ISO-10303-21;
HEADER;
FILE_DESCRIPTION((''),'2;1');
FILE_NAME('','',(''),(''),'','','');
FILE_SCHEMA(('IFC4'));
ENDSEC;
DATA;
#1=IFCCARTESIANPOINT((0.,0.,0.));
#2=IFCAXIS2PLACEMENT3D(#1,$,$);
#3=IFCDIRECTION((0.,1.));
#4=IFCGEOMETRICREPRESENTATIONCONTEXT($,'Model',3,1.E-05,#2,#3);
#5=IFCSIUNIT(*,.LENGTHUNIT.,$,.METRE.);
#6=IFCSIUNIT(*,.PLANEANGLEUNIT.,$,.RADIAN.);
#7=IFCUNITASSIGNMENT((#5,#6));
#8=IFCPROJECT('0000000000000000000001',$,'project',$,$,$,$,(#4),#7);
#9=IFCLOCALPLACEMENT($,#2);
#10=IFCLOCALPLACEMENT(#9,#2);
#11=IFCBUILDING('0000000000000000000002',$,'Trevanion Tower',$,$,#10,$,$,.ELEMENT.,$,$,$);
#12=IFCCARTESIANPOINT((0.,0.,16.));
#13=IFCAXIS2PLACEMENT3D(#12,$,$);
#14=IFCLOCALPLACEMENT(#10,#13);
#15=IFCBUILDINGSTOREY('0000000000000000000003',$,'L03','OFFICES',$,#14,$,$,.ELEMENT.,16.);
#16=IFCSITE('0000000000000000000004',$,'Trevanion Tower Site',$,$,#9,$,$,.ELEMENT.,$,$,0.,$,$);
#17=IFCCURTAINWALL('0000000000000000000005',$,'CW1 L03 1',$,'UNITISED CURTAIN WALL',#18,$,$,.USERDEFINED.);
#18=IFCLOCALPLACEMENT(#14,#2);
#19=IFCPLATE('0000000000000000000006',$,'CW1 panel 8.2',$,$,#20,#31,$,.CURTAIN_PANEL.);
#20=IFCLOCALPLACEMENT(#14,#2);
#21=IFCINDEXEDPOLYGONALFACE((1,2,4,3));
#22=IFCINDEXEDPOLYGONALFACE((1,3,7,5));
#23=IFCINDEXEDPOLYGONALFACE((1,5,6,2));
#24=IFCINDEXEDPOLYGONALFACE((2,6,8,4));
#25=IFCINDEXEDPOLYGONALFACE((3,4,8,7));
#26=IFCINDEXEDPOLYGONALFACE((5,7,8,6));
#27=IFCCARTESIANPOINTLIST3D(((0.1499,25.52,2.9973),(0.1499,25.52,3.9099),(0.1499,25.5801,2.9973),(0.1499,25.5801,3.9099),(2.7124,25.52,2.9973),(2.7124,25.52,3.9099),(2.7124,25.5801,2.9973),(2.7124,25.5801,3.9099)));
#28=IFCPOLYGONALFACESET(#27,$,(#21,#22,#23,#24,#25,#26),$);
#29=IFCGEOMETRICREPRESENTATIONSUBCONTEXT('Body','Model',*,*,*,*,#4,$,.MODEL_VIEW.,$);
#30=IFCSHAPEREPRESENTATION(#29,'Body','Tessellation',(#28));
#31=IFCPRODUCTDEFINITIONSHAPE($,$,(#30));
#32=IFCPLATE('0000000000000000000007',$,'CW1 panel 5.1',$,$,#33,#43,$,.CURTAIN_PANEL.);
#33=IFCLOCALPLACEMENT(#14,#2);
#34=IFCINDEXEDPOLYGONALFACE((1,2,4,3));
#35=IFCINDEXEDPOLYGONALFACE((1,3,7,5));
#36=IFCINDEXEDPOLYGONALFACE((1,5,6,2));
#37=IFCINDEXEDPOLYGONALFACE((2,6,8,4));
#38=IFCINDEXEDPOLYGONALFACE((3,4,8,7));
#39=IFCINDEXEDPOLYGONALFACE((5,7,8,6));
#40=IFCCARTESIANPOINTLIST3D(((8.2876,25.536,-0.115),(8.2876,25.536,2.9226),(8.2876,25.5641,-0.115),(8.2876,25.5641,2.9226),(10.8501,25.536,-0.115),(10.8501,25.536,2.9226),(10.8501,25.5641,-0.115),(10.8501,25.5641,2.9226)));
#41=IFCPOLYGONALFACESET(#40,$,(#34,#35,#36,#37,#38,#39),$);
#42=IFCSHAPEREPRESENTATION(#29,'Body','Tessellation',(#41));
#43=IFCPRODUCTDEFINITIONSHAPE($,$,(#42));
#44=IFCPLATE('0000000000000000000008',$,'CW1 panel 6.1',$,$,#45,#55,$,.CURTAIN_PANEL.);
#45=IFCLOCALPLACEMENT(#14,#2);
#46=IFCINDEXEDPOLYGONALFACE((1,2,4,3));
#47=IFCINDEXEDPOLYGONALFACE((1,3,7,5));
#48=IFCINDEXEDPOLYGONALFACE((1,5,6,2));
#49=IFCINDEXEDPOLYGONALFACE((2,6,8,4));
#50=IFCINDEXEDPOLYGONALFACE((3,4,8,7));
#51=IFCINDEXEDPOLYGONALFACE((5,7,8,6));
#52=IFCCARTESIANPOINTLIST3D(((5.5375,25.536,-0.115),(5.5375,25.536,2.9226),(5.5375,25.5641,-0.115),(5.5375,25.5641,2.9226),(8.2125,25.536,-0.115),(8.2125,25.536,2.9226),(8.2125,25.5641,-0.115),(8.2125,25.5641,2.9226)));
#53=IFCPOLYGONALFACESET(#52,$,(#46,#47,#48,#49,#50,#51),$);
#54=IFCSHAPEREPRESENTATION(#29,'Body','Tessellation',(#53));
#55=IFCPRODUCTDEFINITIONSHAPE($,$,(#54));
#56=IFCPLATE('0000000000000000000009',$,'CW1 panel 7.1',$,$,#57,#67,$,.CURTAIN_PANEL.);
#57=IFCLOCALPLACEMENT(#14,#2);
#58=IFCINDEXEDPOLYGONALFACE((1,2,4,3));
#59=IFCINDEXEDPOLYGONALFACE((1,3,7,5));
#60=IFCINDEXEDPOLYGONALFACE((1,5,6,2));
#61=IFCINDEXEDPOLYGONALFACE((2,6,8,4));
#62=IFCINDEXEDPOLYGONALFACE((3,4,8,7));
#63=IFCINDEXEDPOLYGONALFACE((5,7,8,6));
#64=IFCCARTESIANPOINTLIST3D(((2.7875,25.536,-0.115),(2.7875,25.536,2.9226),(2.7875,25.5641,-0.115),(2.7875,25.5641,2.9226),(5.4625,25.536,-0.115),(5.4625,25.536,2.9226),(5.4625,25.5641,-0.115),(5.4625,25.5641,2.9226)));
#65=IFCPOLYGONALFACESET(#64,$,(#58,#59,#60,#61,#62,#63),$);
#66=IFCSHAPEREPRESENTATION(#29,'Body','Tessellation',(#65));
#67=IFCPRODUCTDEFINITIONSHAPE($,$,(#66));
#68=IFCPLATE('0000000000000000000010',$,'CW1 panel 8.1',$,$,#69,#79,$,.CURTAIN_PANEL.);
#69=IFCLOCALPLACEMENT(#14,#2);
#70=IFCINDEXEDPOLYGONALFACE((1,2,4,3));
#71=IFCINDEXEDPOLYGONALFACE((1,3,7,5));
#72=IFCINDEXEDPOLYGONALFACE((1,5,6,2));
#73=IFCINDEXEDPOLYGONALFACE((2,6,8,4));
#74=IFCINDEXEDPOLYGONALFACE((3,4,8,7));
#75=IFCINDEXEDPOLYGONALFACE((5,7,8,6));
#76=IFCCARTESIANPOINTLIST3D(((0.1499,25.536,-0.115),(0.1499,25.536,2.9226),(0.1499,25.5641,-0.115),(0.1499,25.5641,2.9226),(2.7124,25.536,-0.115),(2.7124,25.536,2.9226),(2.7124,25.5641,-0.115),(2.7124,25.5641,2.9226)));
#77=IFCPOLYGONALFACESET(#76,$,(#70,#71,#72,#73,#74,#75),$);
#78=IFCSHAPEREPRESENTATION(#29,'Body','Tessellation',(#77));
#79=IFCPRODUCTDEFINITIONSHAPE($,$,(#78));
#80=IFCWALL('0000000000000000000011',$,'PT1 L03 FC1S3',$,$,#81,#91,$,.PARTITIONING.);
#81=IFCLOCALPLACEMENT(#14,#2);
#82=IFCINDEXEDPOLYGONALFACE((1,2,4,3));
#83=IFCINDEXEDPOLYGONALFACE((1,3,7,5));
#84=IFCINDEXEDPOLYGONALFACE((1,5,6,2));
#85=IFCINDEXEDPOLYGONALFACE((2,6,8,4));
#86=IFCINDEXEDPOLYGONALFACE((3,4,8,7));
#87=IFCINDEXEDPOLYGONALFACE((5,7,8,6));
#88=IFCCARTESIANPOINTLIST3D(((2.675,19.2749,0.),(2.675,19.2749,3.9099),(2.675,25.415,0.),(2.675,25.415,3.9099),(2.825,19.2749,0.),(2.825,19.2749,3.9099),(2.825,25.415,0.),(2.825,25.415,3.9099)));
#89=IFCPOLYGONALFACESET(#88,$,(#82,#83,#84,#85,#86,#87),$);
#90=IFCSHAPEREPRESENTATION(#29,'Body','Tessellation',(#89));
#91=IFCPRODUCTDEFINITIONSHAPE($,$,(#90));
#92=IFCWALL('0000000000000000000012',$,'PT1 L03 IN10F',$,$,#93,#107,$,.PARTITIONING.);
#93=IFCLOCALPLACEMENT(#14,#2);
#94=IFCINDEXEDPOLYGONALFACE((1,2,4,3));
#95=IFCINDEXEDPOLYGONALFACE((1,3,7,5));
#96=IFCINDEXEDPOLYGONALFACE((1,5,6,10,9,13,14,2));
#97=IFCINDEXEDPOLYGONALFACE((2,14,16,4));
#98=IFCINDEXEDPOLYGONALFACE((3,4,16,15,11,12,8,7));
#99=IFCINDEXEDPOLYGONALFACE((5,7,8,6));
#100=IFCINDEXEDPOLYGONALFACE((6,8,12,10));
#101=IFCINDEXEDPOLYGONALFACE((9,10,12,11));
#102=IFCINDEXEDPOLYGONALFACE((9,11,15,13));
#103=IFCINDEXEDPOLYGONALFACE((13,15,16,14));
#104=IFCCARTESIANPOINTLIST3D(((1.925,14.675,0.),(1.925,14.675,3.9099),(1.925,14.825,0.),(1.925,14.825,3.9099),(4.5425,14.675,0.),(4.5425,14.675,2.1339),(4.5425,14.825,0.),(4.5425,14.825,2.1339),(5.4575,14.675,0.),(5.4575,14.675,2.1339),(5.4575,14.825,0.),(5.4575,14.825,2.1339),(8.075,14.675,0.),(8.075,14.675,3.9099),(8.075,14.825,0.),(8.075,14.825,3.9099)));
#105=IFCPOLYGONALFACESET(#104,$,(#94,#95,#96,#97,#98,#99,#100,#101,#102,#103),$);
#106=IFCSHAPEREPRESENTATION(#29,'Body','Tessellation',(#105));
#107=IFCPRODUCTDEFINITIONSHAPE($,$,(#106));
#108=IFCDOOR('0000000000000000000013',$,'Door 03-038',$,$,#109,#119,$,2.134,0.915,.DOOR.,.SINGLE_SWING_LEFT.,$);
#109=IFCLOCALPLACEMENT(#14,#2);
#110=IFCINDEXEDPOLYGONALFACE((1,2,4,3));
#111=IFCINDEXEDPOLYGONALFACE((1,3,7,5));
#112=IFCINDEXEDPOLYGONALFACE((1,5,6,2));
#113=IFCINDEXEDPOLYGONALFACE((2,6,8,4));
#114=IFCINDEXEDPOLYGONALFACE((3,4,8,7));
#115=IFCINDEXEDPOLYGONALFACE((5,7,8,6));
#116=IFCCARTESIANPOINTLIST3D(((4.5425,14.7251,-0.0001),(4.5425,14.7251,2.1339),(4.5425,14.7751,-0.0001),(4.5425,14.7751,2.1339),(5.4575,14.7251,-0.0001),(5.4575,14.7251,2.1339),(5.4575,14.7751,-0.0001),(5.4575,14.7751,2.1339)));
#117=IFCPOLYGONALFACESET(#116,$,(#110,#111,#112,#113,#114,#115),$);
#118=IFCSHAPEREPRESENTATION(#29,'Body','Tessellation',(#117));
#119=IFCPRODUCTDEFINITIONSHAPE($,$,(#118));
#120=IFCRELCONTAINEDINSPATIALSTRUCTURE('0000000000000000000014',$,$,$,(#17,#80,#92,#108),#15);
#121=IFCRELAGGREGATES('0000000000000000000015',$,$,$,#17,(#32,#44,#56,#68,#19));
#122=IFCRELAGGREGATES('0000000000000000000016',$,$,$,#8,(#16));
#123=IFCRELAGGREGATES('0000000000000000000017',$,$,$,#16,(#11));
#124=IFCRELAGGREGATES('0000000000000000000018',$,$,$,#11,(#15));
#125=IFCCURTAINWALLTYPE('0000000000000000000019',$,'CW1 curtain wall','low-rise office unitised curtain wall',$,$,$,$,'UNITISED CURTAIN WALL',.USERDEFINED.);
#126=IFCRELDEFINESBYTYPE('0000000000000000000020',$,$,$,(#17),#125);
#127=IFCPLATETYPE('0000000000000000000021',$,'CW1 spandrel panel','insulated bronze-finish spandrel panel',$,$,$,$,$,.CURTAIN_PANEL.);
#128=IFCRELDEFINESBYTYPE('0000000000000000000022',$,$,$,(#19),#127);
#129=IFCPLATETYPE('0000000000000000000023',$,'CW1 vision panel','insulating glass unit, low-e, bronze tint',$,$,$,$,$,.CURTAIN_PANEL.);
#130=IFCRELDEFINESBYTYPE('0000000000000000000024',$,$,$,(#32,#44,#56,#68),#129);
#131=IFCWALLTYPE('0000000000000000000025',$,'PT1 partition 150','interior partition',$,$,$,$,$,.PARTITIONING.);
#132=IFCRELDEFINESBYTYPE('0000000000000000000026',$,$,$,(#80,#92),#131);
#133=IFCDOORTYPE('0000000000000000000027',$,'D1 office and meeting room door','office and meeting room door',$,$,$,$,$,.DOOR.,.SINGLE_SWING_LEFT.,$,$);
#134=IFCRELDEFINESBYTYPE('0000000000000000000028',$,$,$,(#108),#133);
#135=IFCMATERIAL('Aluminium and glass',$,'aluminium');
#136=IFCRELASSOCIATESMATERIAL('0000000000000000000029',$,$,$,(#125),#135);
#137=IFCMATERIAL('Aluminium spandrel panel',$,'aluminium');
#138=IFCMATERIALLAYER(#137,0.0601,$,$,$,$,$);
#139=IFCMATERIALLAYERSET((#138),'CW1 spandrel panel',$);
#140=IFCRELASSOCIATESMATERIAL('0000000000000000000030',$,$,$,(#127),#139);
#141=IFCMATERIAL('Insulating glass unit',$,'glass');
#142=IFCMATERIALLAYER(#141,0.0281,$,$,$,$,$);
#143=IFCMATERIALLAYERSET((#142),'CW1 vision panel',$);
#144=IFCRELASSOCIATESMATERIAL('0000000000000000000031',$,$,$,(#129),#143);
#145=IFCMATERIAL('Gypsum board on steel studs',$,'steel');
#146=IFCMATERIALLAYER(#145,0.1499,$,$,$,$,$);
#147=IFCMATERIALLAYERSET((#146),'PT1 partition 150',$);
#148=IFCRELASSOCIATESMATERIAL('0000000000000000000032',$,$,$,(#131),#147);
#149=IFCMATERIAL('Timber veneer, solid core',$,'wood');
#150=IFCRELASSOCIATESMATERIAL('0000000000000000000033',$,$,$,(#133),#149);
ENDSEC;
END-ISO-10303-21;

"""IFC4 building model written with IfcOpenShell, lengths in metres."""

from ifc_helpers import new_model, si_unit, direction, frame, frame_2d, origin, origin_2d, place, context, subcontext, project, spatial, rectangle, extrude, material, layer, layer_set, type_object, element, fill, aggregate, save


model = new_model("IFC4")

# Units and contexts
model_context = context("Model", 3, precision=1e-05, world=origin(), true_north=direction((0.0, 1.0)))
body_context = subcontext(model_context, "Body", "Model", "MODEL_VIEW")
ifc_project = project(units=[si_unit("LENGTHUNIT", "METRE"), si_unit("PLANEANGLEUNIT", "RADIAN")], contexts=[model_context])

# Site, building, storey
site_placement = place(None, origin())
site = spatial("IfcSite", under=ifc_project, at=site_placement, Name="Trevanion Tower Site", CompositionType="ELEMENT", RefElevation=0.0)
building_placement = place(site_placement, origin())
building = spatial("IfcBuilding", under=site, at=building_placement, Name="Trevanion Tower", CompositionType="ELEMENT")
storey_placement = place(building_placement, frame((0.0, 0.0, 16.0)))
storey = spatial("IfcBuildingStorey", under=building, at=storey_placement, Name="L03", Description="OFFICES", CompositionType="ELEMENT", Elevation=16.0)

# Curtain wall, plates
ifc_material_1 = material(Name="Aluminium and glass", Category="aluminium")
curtain_wall_type = type_object("IfcCurtainWallType", Name="CW1 curtain wall", Description="low-rise office unitised curtain wall", ElementType="UNITISED CURTAIN WALL", PredefinedType="USERDEFINED", material=ifc_material_1)
curtain_wall_placement = place(storey_placement, origin())
curtain_wall = element("IfcCurtainWall", 1, at=curtain_wall_placement, inside=storey, type_object=curtain_wall_type, Name="CW1 L03 1", ObjectType="UNITISED CURTAIN WALL", PredefinedType="USERDEFINED")
ifc_material_2 = material(Name="Aluminium spandrel panel", Category="aluminium")
ifc_layer_1 = layer(ifc_material_2, 0.0601)
ifc_layer_set_1 = layer_set([ifc_layer_1], Name="CW1 spandrel panel")
plate_type_1 = type_object("IfcPlateType", Name="CW1 spandrel panel", Description="insulated bronze-finish spandrel panel", PredefinedType="CURTAIN_PANEL", material=ifc_layer_set_1)
plate_1_placement = place(storey_placement, frame((1.4312, 25.55, 2.9973), z_axis=(0.0, 0.0, 1.0), x_axis=(-1.0, 0.0, 0.0)))
plate_1 = element("IfcPlate", 2, at=plate_1_placement, type_object=plate_type_1, Name="CW1 panel 8.2", PredefinedType="CURTAIN_PANEL", context=body_context, shape_type="SweptSolid", body=[
    extrude(rectangle(XDim=2.5625, YDim=0.0601, at=origin_2d()), origin(), (0.0, 0.0, 1.0), 0.9126),
])
ifc_material_3 = material(Name="Insulating glass unit", Category="glass")
ifc_layer_2 = layer(ifc_material_3, 0.0281)
ifc_layer_set_2 = layer_set([ifc_layer_2], Name="CW1 vision panel")
plate_type_2 = type_object("IfcPlateType", Name="CW1 vision panel", Description="insulating glass unit, low-e, bronze tint", PredefinedType="CURTAIN_PANEL", material=ifc_layer_set_2)
plate_2_placement = place(storey_placement, frame((9.5688, 25.55, -0.115), z_axis=(0.0, 0.0, 1.0), x_axis=(-1.0, 0.0, 0.0)))
plate_2 = element("IfcPlate", 3, at=plate_2_placement, type_object=plate_type_2, Name="CW1 panel 5.1", PredefinedType="CURTAIN_PANEL", context=body_context, shape_type="SweptSolid", body=[
    extrude(rectangle(XDim=2.5625, YDim=0.0281, at=origin_2d()), origin(), (0.0, 0.0, 1.0), 3.0376),
])
plate_3_placement = place(storey_placement, frame((6.875, 25.55, -0.115), z_axis=(0.0, 0.0, 1.0), x_axis=(-1.0, 0.0, 0.0)))
plate_3 = element("IfcPlate", 4, at=plate_3_placement, type_object=plate_type_2, Name="CW1 panel 6.1", PredefinedType="CURTAIN_PANEL", context=body_context, shape_type="SweptSolid", body=[
    extrude(rectangle(XDim=2.675, YDim=0.0281, at=origin_2d()), origin(), (0.0, 0.0, 1.0), 3.0376),
])
plate_4_placement = place(storey_placement, frame((4.125, 25.55, -0.115), z_axis=(0.0, 0.0, 1.0), x_axis=(-1.0, 0.0, 0.0)))
plate_4 = element("IfcPlate", 5, at=plate_4_placement, type_object=plate_type_2, Name="CW1 panel 7.1", PredefinedType="CURTAIN_PANEL", context=body_context, shape_type="SweptSolid", body=[
    extrude(rectangle(XDim=2.675, YDim=0.0281, at=origin_2d()), origin(), (0.0, 0.0, 1.0), 3.0376),
])
plate_5_placement = place(storey_placement, frame((1.4312, 25.55, -0.115), z_axis=(0.0, 0.0, 1.0), x_axis=(-1.0, 0.0, 0.0)))
plate_5 = element("IfcPlate", 6, at=plate_5_placement, type_object=plate_type_2, Name="CW1 panel 8.1", PredefinedType="CURTAIN_PANEL", context=body_context, shape_type="SweptSolid", body=[
    extrude(rectangle(XDim=2.5625, YDim=0.0281, at=origin_2d()), origin(), (0.0, 0.0, 1.0), 3.0376),
])
aggregate(curtain_wall, [plate_2, plate_3, plate_4, plate_5, plate_1])

# Wall
ifc_material_4 = material(Name="Gypsum board on steel studs", Category="steel")
ifc_layer_3 = layer(ifc_material_4, 0.1499)
ifc_layer_set_3 = layer_set([ifc_layer_3], Name="PT1 partition 150")
wall_type = type_object("IfcWallType", Name="PT1 partition 150", Description="interior partition", PredefinedType="PARTITIONING", material=ifc_layer_set_3)
wall_1_placement = place(storey_placement, frame((2.75, 19.2749, 0.0), z_axis=(0.0, 0.0, 1.0), x_axis=(0.0, 1.0, 0.0)))
element("IfcWall", 7, at=wall_1_placement, inside=storey, type_object=wall_type, Name="PT1 L03 FC1S3", PredefinedType="PARTITIONING", context=body_context, shape_type="SweptSolid", body=[
    extrude(rectangle(XDim=6.1401, YDim=0.1499, at=frame_2d((3.0701, 0.0))), origin(), (0.0, 0.0, 1.0), 3.9099),
])

# Wall, opening, door
wall_2_placement = place(storey_placement, frame((8.075, 14.75, 0.0), z_axis=(0.0, 0.0, 1.0), x_axis=(-1.0, 0.0, 0.0)))
wall_2 = element("IfcWall", 8, at=wall_2_placement, inside=storey, type_object=wall_type, Name="PT1 L03 IN10F", PredefinedType="PARTITIONING", context=body_context, shape_type="SweptSolid", body=[
    extrude(rectangle(XDim=6.1499, YDim=0.1499, at=frame_2d((3.075, 0.0))), origin(), (0.0, 0.0, 1.0), 3.9099),
])
opening_placement = place(wall_2_placement, frame((2.6174, 0.0, 0.0)))
opening = element("IfcOpeningElement", 9, at=opening_placement, cuts=wall_2, PredefinedType="OPENING", context=body_context, shape_type="SweptSolid", body=[
    extrude(rectangle(XDim=0.915, YDim=2.134, at=frame_2d((0.4575, 1.0669))), frame((0.0, 0.085, 0.0), z_axis=(0.0, -1.0, 0.0), x_axis=(1.0, 0.0, 0.0)), (0.0, 0.0, 1.0), 0.1699),
])
ifc_material_5 = material(Name="Timber veneer, solid core", Category="wood")
door_type = type_object("IfcDoorType", Name="D1 office and meeting room door", Description="office and meeting room door", OperationType="SINGLE_SWING_LEFT", PredefinedType="DOOR", material=ifc_material_5)
door_placement = place(opening_placement, origin())
door = element("IfcDoor", 10, at=door_placement, inside=storey, type_object=door_type, Name="Door 03-038", OperationType="SINGLE_SWING_LEFT", OverallHeight=2.134, OverallWidth=0.915, PredefinedType="DOOR", context=body_context, shape_type="SweptSolid", body=[
    extrude(rectangle(XDim=0.915, YDim=2.134, at=frame_2d((0.4575, 1.0669))), frame((0.0, 0.0249, 0.0), z_axis=(0.0, -1.0, 0.0), x_axis=(1.0, 0.0, 0.0)), (0.0, 0.0, 1.0), 0.05),
])
fill(opening, door)

save(model, "model.ifc")
